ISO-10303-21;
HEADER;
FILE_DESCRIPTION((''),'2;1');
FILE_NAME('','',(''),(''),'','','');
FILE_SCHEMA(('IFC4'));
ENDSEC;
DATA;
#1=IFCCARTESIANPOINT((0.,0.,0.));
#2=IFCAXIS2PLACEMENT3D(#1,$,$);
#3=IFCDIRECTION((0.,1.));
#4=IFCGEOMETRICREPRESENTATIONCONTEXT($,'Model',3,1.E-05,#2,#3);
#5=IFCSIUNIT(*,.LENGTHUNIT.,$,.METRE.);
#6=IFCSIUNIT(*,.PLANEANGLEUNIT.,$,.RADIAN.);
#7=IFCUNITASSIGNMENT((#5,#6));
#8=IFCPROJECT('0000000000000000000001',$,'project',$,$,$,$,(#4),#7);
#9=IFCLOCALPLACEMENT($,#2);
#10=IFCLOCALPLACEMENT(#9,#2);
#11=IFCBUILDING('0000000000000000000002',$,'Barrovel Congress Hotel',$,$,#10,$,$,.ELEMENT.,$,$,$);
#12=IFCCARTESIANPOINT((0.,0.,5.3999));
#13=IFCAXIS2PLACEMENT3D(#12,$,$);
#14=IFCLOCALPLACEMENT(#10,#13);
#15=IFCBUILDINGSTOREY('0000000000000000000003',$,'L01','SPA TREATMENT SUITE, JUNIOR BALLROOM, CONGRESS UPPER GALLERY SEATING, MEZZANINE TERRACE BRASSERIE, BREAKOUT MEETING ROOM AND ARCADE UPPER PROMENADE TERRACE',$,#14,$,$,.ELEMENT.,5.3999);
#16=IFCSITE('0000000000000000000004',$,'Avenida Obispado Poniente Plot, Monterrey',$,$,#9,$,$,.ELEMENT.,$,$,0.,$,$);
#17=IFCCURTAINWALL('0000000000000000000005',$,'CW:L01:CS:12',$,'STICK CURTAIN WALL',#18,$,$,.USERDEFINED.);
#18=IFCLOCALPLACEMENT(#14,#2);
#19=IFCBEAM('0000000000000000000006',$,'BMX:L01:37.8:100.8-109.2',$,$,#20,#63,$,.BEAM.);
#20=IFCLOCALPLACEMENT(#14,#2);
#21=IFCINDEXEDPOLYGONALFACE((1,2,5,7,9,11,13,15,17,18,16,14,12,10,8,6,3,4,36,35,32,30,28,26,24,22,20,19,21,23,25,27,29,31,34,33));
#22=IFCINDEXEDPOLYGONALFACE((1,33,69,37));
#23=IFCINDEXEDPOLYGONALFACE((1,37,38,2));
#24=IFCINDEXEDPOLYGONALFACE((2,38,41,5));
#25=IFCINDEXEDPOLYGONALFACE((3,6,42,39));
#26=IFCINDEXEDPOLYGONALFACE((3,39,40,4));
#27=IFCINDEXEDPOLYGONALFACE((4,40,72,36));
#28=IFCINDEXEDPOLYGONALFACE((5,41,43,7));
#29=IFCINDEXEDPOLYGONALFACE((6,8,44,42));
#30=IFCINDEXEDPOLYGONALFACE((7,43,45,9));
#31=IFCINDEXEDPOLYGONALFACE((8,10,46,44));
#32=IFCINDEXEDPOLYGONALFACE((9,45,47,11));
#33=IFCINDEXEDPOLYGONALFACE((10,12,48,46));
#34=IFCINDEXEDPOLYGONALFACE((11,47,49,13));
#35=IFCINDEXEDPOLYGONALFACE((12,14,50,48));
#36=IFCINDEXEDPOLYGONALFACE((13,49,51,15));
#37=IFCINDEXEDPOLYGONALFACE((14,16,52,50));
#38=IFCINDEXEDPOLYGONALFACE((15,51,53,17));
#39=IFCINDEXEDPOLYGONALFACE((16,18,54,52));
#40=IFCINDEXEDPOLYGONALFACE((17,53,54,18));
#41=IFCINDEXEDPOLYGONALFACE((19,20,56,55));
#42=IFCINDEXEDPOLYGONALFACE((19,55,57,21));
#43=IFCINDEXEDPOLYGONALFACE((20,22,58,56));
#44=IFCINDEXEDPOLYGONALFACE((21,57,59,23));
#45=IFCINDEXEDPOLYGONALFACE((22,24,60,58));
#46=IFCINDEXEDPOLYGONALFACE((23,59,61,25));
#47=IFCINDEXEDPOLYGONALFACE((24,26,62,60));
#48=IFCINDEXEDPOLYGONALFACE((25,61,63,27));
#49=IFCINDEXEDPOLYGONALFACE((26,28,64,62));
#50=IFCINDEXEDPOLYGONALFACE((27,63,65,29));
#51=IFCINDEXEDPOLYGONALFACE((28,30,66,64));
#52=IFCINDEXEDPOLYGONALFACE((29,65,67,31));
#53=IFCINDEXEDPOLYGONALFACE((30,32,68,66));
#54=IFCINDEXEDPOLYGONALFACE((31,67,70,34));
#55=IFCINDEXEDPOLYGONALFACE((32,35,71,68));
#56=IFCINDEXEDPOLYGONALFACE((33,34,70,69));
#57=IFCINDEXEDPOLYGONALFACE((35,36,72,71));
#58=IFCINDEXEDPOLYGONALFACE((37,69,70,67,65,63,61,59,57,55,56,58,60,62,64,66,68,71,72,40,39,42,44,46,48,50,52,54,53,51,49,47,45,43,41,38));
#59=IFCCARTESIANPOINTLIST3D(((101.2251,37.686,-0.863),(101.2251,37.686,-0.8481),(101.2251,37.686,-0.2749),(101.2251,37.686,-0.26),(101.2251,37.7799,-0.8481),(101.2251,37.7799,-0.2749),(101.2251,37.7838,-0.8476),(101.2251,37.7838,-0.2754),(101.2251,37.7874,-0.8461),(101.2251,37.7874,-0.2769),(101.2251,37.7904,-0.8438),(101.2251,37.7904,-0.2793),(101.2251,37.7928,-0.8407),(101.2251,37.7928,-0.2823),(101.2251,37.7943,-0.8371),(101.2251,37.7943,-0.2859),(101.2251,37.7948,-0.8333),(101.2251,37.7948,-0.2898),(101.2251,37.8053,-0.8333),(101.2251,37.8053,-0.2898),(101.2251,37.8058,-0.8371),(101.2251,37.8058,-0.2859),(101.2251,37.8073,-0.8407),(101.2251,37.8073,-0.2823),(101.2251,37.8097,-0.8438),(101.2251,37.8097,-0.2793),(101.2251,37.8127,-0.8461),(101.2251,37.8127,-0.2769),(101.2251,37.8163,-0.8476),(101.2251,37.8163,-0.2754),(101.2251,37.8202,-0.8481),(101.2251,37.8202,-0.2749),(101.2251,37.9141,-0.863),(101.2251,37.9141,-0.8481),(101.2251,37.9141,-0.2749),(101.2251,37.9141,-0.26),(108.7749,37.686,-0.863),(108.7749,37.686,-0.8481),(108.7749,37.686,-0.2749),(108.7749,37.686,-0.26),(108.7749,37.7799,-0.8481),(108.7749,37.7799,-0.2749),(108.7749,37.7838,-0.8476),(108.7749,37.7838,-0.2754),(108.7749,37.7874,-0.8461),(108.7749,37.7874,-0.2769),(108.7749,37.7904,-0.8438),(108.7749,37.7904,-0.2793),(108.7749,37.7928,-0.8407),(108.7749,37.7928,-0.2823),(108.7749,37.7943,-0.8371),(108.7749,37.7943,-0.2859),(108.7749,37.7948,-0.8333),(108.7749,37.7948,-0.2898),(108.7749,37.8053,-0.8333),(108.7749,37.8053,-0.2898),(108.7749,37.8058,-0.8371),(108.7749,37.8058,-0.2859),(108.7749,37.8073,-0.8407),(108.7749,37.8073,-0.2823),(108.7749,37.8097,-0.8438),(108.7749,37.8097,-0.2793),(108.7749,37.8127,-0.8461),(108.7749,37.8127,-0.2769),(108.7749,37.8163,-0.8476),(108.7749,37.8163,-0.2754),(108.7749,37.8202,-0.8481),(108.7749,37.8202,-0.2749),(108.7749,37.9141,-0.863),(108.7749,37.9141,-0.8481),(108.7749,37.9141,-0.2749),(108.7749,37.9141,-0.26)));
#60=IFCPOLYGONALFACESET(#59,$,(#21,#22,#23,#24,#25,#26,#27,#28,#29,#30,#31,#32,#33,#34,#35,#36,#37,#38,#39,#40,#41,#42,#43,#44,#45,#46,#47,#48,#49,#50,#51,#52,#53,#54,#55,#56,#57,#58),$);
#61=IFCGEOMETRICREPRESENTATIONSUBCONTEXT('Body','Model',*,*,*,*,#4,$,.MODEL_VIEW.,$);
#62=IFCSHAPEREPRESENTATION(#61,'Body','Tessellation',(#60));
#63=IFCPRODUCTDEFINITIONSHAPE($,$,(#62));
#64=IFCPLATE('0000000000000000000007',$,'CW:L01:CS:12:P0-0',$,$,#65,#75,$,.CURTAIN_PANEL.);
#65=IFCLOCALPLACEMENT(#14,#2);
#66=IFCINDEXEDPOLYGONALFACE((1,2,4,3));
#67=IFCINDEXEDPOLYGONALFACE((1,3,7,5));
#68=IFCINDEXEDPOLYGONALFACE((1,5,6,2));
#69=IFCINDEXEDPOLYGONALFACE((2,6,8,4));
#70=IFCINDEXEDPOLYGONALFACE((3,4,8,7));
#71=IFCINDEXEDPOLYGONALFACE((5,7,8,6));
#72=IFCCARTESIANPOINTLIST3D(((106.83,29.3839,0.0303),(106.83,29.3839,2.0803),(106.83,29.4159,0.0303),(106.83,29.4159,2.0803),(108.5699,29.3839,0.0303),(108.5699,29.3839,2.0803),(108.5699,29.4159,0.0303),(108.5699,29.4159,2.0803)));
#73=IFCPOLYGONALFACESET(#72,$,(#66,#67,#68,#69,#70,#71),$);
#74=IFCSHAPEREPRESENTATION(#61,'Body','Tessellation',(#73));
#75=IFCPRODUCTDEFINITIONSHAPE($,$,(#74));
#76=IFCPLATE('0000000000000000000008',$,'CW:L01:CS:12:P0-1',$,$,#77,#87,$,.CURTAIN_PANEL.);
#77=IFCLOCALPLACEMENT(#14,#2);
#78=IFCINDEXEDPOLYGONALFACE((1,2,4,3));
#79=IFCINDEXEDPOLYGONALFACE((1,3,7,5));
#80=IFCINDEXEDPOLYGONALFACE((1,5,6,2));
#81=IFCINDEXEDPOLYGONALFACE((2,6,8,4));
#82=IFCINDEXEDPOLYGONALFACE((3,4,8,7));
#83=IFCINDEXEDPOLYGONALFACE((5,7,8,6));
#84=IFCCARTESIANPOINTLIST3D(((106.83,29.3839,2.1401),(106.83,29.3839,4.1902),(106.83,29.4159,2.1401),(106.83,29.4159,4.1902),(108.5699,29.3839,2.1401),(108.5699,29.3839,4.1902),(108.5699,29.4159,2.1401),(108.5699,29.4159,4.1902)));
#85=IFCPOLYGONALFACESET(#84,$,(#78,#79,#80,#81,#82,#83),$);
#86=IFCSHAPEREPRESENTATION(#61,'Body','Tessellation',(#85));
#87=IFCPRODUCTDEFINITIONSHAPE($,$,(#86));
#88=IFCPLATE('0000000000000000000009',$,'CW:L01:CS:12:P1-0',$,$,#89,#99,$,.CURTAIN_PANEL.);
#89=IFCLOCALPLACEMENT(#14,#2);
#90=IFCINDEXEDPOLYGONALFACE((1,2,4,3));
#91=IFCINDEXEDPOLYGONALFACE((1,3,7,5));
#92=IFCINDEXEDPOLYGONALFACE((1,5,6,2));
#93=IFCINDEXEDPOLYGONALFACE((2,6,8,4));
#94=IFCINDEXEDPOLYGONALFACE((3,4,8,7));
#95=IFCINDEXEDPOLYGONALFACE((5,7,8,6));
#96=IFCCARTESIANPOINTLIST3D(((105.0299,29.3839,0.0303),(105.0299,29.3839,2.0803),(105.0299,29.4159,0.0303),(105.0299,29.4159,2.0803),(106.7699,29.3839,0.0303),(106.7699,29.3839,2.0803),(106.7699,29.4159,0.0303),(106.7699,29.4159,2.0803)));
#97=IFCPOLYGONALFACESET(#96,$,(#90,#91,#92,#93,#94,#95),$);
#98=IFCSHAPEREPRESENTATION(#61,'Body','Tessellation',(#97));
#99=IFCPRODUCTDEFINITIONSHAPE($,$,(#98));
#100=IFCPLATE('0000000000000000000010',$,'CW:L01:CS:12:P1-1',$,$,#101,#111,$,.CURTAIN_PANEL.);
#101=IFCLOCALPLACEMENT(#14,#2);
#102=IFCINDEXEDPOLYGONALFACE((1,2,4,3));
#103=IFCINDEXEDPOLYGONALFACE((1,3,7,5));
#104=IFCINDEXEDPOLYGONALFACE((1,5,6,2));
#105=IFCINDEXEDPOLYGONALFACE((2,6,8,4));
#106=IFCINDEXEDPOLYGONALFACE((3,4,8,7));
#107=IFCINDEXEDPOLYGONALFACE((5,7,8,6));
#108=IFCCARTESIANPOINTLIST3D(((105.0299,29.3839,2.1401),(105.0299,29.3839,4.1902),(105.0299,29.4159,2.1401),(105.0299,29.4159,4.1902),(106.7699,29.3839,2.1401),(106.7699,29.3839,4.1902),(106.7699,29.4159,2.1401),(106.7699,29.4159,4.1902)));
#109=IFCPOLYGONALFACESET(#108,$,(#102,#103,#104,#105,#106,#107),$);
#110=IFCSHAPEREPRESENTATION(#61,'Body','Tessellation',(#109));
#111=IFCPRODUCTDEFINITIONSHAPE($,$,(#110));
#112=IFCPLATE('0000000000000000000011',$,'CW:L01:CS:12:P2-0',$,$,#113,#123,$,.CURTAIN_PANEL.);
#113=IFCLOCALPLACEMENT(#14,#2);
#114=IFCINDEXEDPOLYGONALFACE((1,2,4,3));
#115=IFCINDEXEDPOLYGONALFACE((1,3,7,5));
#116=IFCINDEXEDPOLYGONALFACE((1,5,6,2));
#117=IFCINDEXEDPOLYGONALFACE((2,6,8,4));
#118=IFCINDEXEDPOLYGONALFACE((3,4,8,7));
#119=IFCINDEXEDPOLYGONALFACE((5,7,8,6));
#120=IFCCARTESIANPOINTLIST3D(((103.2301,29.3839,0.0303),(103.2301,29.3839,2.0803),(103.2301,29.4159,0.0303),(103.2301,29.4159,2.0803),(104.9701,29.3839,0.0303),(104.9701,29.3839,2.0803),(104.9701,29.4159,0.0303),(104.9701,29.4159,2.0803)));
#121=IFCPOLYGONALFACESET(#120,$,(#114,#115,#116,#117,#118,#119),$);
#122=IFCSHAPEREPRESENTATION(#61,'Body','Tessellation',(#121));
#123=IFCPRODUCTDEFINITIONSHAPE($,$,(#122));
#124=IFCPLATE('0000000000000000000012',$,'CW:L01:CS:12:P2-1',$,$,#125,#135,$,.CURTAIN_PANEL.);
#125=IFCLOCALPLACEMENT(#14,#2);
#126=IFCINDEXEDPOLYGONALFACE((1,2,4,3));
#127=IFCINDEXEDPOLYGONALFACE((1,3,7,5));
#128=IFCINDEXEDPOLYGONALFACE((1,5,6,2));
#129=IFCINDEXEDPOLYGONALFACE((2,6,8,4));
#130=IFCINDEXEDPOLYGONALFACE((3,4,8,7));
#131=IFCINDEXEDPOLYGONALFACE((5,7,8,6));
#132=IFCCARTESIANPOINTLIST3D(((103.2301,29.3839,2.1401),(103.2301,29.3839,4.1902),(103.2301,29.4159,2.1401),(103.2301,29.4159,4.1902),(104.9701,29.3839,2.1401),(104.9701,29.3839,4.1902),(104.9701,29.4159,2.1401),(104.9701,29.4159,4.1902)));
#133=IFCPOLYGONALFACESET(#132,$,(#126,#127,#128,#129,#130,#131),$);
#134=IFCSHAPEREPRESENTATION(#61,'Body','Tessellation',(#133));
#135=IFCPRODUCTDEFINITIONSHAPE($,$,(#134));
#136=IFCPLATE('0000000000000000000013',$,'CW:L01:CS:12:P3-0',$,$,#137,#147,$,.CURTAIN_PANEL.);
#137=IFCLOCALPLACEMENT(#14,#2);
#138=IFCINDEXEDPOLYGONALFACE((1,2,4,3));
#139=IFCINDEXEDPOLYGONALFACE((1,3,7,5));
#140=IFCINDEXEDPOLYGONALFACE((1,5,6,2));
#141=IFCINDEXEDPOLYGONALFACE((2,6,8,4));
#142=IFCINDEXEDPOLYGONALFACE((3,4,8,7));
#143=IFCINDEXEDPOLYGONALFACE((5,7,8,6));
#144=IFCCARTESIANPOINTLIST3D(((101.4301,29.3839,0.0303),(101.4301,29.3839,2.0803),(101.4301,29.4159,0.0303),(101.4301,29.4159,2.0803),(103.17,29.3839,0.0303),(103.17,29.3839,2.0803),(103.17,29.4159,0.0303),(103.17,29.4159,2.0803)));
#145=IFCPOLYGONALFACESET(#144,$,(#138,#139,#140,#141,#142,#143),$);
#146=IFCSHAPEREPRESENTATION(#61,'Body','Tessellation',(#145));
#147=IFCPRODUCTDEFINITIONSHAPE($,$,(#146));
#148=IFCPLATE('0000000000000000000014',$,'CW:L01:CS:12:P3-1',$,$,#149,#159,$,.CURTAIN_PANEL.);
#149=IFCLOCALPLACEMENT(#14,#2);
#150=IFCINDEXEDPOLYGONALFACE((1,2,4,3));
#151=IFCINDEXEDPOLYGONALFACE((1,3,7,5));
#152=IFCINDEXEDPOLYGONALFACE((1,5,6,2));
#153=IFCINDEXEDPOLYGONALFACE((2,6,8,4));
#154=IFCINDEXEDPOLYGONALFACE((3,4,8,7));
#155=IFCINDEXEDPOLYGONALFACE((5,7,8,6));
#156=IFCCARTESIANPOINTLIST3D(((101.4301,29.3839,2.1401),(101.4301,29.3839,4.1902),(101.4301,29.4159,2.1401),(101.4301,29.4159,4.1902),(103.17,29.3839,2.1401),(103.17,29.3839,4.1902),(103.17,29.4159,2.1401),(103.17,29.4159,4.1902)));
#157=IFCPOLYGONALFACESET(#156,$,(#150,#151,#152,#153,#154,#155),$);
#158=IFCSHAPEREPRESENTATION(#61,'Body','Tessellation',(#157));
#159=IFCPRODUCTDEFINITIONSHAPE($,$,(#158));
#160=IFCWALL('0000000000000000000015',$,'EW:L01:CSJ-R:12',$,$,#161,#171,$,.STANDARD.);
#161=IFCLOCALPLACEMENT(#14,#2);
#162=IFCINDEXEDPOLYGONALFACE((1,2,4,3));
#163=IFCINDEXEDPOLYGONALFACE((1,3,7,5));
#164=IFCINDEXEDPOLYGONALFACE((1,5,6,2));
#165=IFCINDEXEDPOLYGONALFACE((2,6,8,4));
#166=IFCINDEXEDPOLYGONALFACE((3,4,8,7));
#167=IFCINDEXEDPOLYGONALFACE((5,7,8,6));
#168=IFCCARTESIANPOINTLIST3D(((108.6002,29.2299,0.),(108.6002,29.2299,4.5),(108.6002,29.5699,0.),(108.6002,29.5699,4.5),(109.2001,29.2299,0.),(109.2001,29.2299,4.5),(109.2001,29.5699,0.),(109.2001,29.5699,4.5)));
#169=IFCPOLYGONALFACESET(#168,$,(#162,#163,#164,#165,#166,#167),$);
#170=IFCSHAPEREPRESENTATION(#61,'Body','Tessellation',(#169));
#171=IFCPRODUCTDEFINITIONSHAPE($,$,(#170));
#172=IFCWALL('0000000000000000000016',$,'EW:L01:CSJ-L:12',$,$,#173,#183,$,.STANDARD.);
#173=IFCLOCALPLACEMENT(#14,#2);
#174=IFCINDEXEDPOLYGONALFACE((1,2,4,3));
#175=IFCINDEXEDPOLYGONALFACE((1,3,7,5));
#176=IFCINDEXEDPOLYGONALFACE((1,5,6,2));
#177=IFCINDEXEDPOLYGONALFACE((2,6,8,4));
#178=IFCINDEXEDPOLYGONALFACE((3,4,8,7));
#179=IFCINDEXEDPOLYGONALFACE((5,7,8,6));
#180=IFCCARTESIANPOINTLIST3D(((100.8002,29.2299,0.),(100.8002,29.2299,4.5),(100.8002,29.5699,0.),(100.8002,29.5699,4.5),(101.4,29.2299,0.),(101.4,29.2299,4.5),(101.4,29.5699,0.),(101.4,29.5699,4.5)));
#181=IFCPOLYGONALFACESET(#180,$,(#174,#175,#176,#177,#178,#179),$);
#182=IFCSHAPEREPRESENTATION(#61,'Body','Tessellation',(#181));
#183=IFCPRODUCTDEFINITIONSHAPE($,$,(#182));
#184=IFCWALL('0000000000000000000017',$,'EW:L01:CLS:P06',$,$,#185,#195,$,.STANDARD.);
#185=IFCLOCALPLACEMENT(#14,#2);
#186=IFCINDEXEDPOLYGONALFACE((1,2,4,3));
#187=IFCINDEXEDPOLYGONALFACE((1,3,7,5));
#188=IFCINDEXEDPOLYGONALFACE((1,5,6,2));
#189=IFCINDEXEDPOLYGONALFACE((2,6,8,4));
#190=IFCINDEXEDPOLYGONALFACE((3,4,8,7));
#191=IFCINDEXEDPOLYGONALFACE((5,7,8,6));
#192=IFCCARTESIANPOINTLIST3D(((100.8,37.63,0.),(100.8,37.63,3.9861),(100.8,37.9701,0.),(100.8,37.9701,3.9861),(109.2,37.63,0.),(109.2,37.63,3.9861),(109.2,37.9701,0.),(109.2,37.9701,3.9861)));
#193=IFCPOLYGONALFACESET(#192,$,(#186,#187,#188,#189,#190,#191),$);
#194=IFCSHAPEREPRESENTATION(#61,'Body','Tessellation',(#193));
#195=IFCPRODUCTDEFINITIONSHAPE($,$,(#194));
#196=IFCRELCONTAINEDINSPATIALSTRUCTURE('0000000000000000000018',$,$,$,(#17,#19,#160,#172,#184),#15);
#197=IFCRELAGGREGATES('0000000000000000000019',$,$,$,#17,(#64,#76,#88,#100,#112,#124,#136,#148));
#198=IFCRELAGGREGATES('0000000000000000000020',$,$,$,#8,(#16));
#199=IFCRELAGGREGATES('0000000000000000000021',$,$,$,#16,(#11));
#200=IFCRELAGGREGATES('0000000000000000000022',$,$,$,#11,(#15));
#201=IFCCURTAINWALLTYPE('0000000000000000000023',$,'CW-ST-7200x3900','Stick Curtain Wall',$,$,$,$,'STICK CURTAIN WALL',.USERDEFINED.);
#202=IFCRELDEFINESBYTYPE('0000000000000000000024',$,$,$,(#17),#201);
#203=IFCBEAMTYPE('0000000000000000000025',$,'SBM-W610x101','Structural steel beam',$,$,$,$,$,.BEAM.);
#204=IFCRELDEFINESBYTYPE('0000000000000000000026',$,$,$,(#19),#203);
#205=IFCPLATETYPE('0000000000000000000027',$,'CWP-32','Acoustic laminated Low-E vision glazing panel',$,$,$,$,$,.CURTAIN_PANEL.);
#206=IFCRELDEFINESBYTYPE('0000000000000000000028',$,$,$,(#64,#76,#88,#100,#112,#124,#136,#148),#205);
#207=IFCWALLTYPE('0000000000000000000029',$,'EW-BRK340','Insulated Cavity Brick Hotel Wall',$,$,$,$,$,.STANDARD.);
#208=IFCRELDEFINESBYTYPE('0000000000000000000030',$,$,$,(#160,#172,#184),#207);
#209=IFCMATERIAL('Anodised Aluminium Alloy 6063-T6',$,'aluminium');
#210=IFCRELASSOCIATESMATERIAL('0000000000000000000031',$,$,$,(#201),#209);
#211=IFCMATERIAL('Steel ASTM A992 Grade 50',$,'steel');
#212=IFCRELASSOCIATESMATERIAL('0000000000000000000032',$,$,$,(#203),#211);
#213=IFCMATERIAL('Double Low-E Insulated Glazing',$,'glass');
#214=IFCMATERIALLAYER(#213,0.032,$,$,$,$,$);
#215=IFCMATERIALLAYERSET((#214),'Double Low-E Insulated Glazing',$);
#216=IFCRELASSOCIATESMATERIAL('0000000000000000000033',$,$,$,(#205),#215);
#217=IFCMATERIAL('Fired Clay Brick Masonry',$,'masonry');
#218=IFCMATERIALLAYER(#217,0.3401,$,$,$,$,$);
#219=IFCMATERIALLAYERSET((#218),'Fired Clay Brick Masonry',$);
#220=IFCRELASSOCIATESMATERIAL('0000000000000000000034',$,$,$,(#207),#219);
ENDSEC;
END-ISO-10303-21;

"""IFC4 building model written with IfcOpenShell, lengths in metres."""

from ifc_helpers import new_model, si_unit, direction, frame, frame_2d, origin, origin_2d, place, context, subcontext, project, spatial, rectangle, i_section, extrude, material, layer, layer_set, material_profile, profile_set, type_object, element, aggregate, save


model = new_model("IFC4")

# Units and contexts
model_context = context("Model", 3, precision=1e-05, world=origin(), true_north=direction((0.0, 1.0)))
body_context = subcontext(model_context, "Body", "Model", "MODEL_VIEW")
ifc_project = project(units=[si_unit("LENGTHUNIT", "METRE"), si_unit("PLANEANGLEUNIT", "RADIAN")], contexts=[model_context])

# Site, building, storey
site_placement = place(None, origin())
site = spatial("IfcSite", under=ifc_project, at=site_placement, Name="Avenida Obispado Poniente Plot, Monterrey", CompositionType="ELEMENT", RefElevation=0.0)
building_placement = place(site_placement, origin())
building = spatial("IfcBuilding", under=site, at=building_placement, Name="Barrovel Congress Hotel", CompositionType="ELEMENT")
storey_placement = place(building_placement, frame((0.0, 0.0, 5.3999)))
storey = spatial("IfcBuildingStorey", under=building, at=storey_placement, Name="L01", Description="SPA TREATMENT SUITE, JUNIOR BALLROOM, CONGRESS UPPER GALLERY SEATING, MEZZANINE TERRACE BRASSERIE, BREAKOUT MEETING ROOM AND ARCADE UPPER PROMENADE TERRACE", CompositionType="ELEMENT", Elevation=5.3999)

# Curtain wall
ifc_material_1 = material(Name="Anodised Aluminium Alloy 6063-T6", Category="aluminium")
curtain_wall_type = type_object("IfcCurtainWallType", Name="CW-ST-7200x3900", Description="Stick Curtain Wall", ElementType="STICK CURTAIN WALL", PredefinedType="USERDEFINED", material=ifc_material_1)
curtain_wall_placement = place(storey_placement, origin())
curtain_wall = element("IfcCurtainWall", 1, at=curtain_wall_placement, inside=storey, type_object=curtain_wall_type, Name="CW:L01:CS:12", ObjectType="STICK CURTAIN WALL", PredefinedType="USERDEFINED")

# Beam
ifc_material_2 = material(Name="Steel ASTM A992 Grade 50", Category="steel")
ifc_material_profile_1 = material_profile(ifc_material_2, i_section(OverallWidth=0.228, OverallDepth=0.603, WebThickness=0.0105, FlangeThickness=0.0149, FilletRadius=0.0149, at=origin_2d()), Name="W610x101")
ifc_profile_set_1 = profile_set([ifc_material_profile_1], Name="Steel ASTM A992 Grade 50")
beam_type_1 = type_object("IfcBeamType", Name="SBM-W610x101", Description="Structural steel beam", PredefinedType="BEAM", material=ifc_profile_set_1)
beam_1_placement = place(storey_placement, frame((101.2251, 37.8, -0.5615), z_axis=(1.0, 0.0, 0.0), x_axis=(0.0, 1.0, 0.0)))
element("IfcBeam", 2, at=beam_1_placement, inside=storey, type_object=beam_type_1, Name="BMX:L01:37.8:100.8-109.2", PredefinedType="BEAM", context=body_context, shape_type="SweptSolid", body=[
    extrude(i_section(OverallWidth=0.228, OverallDepth=0.603, WebThickness=0.0105, FlangeThickness=0.0149, FilletRadius=0.0149, at=origin_2d()), origin(), (0.0, 0.0, 1.0), 7.5498),
])

# Plates
ifc_material_3 = material(Name="Double Low-E Insulated Glazing", Category="glass")
ifc_layer_1 = layer(ifc_material_3, 0.032)
ifc_layer_set_1 = layer_set([ifc_layer_1], Name="Double Low-E Insulated Glazing")
plate_type = type_object("IfcPlateType", Name="CWP-32", Description="Acoustic laminated Low-E vision glazing panel", PredefinedType="CURTAIN_PANEL", material=ifc_layer_set_1)
plate_1_placement = place(storey_placement, frame((107.7, 29.3999, 0.0303), z_axis=(0.0, 0.0, 1.0), x_axis=(-1.0, 0.0, 0.0)))
plate_1 = element("IfcPlate", 3, at=plate_1_placement, type_object=plate_type, Name="CW:L01:CS:12:P0-0", PredefinedType="CURTAIN_PANEL", context=body_context, shape_type="SweptSolid", body=[
    extrude(rectangle(XDim=1.74, YDim=0.032, at=origin_2d()), origin(), (0.0, 0.0, 1.0), 2.05),
])
plate_2_placement = place(storey_placement, frame((107.7, 29.3999, 2.1401), z_axis=(0.0, 0.0, 1.0), x_axis=(-1.0, 0.0, 0.0)))
plate_2 = element("IfcPlate", 4, at=plate_2_placement, type_object=plate_type, Name="CW:L01:CS:12:P0-1", PredefinedType="CURTAIN_PANEL", context=body_context, shape_type="SweptSolid", body=[
    extrude(rectangle(XDim=1.74, YDim=0.032, at=origin_2d()), origin(), (0.0, 0.0, 1.0), 2.05),
])
plate_3_placement = place(storey_placement, frame((105.8999, 29.3999, 0.0303), z_axis=(0.0, 0.0, 1.0), x_axis=(-1.0, 0.0, 0.0)))
plate_3 = element("IfcPlate", 5, at=plate_3_placement, type_object=plate_type, Name="CW:L01:CS:12:P1-0", PredefinedType="CURTAIN_PANEL", context=body_context, shape_type="SweptSolid", body=[
    extrude(rectangle(XDim=1.74, YDim=0.032, at=origin_2d()), origin(), (0.0, 0.0, 1.0), 2.05),
])
plate_4_placement = place(storey_placement, frame((105.8999, 29.3999, 2.1401), z_axis=(0.0, 0.0, 1.0), x_axis=(-1.0, 0.0, 0.0)))
plate_4 = element("IfcPlate", 6, at=plate_4_placement, type_object=plate_type, Name="CW:L01:CS:12:P1-1", PredefinedType="CURTAIN_PANEL", context=body_context, shape_type="SweptSolid", body=[
    extrude(rectangle(XDim=1.74, YDim=0.032, at=origin_2d()), origin(), (0.0, 0.0, 1.0), 2.05),
])
plate_5_placement = place(storey_placement, frame((104.1001, 29.3999, 0.0303), z_axis=(0.0, 0.0, 1.0), x_axis=(-1.0, 0.0, 0.0)))
plate_5 = element("IfcPlate", 7, at=plate_5_placement, type_object=plate_type, Name="CW:L01:CS:12:P2-0", PredefinedType="CURTAIN_PANEL", context=body_context, shape_type="SweptSolid", body=[
    extrude(rectangle(XDim=1.74, YDim=0.032, at=origin_2d()), origin(), (0.0, 0.0, 1.0), 2.05),
])
plate_6_placement = place(storey_placement, frame((104.1001, 29.3999, 2.1401), z_axis=(0.0, 0.0, 1.0), x_axis=(-1.0, 0.0, 0.0)))
plate_6 = element("IfcPlate", 8, at=plate_6_placement, type_object=plate_type, Name="CW:L01:CS:12:P2-1", PredefinedType="CURTAIN_PANEL", context=body_context, shape_type="SweptSolid", body=[
    extrude(rectangle(XDim=1.74, YDim=0.032, at=origin_2d()), origin(), (0.0, 0.0, 1.0), 2.05),
])
plate_7_placement = place(storey_placement, frame((102.3, 29.3999, 0.0303), z_axis=(0.0, 0.0, 1.0), x_axis=(-1.0, 0.0, 0.0)))
plate_7 = element("IfcPlate", 9, at=plate_7_placement, type_object=plate_type, Name="CW:L01:CS:12:P3-0", PredefinedType="CURTAIN_PANEL", context=body_context, shape_type="SweptSolid", body=[
    extrude(rectangle(XDim=1.74, YDim=0.032, at=origin_2d()), origin(), (0.0, 0.0, 1.0), 2.05),
])
plate_8_placement = place(storey_placement, frame((102.3, 29.3999, 2.1401), z_axis=(0.0, 0.0, 1.0), x_axis=(-1.0, 0.0, 0.0)))
plate_8 = element("IfcPlate", 10, at=plate_8_placement, type_object=plate_type, Name="CW:L01:CS:12:P3-1", PredefinedType="CURTAIN_PANEL", context=body_context, shape_type="SweptSolid", body=[
    extrude(rectangle(XDim=1.74, YDim=0.032, at=origin_2d()), origin(), (0.0, 0.0, 1.0), 2.05),
])
aggregate(curtain_wall, [plate_1, plate_2, plate_3, plate_4, plate_5, plate_6, plate_7, plate_8])

# Walls
ifc_material_4 = material(Name="Fired Clay Brick Masonry", Category="masonry")
ifc_layer_2 = layer(ifc_material_4, 0.3401)
ifc_layer_set_2 = layer_set([ifc_layer_2], Name="Fired Clay Brick Masonry")
wall_type = type_object("IfcWallType", Name="EW-BRK340", Description="Insulated Cavity Brick Hotel Wall", PredefinedType="STANDARD", material=ifc_layer_set_2)
for number, where, z_axis, x_axis, name in (
    (11, (109.2, 29.3999, 0.0), (0.0, 0.0, 1.0), (-1.0, 0.0, 0.0), "EW:L01:CSJ-R:12"),
    (12, (101.3999, 29.3999, 0.0), (0.0, 0.0, 1.0), (-1.0, 0.0, 0.0), "EW:L01:CSJ-L:12"),
):
    element("IfcWall", number, at=place(storey_placement, frame(where, z_axis=z_axis, x_axis=x_axis)), inside=storey, type_object=wall_type, Name=name, PredefinedType="STANDARD", context=body_context, shape_type="SweptSolid", body=[
        extrude(rectangle(XDim=0.5999, YDim=0.3401, at=frame_2d((0.2998, 0.0))), origin(), (0.0, 0.0, 1.0), 4.5),
    ])
wall_1_placement = place(storey_placement, frame((100.8, 37.8, 0.0), z_axis=(0.0, 0.0, 1.0), x_axis=(1.0, 0.0, 0.0)))
element("IfcWall", 13, at=wall_1_placement, inside=storey, type_object=wall_type, Name="EW:L01:CLS:P06", PredefinedType="STANDARD", context=body_context, shape_type="SweptSolid", body=[
    extrude(rectangle(XDim=8.3999, YDim=0.3401, at=frame_2d((4.2, 0.0))), origin(), (0.0, 0.0, 1.0), 3.9861),
])

save(model, "model.ifc")
